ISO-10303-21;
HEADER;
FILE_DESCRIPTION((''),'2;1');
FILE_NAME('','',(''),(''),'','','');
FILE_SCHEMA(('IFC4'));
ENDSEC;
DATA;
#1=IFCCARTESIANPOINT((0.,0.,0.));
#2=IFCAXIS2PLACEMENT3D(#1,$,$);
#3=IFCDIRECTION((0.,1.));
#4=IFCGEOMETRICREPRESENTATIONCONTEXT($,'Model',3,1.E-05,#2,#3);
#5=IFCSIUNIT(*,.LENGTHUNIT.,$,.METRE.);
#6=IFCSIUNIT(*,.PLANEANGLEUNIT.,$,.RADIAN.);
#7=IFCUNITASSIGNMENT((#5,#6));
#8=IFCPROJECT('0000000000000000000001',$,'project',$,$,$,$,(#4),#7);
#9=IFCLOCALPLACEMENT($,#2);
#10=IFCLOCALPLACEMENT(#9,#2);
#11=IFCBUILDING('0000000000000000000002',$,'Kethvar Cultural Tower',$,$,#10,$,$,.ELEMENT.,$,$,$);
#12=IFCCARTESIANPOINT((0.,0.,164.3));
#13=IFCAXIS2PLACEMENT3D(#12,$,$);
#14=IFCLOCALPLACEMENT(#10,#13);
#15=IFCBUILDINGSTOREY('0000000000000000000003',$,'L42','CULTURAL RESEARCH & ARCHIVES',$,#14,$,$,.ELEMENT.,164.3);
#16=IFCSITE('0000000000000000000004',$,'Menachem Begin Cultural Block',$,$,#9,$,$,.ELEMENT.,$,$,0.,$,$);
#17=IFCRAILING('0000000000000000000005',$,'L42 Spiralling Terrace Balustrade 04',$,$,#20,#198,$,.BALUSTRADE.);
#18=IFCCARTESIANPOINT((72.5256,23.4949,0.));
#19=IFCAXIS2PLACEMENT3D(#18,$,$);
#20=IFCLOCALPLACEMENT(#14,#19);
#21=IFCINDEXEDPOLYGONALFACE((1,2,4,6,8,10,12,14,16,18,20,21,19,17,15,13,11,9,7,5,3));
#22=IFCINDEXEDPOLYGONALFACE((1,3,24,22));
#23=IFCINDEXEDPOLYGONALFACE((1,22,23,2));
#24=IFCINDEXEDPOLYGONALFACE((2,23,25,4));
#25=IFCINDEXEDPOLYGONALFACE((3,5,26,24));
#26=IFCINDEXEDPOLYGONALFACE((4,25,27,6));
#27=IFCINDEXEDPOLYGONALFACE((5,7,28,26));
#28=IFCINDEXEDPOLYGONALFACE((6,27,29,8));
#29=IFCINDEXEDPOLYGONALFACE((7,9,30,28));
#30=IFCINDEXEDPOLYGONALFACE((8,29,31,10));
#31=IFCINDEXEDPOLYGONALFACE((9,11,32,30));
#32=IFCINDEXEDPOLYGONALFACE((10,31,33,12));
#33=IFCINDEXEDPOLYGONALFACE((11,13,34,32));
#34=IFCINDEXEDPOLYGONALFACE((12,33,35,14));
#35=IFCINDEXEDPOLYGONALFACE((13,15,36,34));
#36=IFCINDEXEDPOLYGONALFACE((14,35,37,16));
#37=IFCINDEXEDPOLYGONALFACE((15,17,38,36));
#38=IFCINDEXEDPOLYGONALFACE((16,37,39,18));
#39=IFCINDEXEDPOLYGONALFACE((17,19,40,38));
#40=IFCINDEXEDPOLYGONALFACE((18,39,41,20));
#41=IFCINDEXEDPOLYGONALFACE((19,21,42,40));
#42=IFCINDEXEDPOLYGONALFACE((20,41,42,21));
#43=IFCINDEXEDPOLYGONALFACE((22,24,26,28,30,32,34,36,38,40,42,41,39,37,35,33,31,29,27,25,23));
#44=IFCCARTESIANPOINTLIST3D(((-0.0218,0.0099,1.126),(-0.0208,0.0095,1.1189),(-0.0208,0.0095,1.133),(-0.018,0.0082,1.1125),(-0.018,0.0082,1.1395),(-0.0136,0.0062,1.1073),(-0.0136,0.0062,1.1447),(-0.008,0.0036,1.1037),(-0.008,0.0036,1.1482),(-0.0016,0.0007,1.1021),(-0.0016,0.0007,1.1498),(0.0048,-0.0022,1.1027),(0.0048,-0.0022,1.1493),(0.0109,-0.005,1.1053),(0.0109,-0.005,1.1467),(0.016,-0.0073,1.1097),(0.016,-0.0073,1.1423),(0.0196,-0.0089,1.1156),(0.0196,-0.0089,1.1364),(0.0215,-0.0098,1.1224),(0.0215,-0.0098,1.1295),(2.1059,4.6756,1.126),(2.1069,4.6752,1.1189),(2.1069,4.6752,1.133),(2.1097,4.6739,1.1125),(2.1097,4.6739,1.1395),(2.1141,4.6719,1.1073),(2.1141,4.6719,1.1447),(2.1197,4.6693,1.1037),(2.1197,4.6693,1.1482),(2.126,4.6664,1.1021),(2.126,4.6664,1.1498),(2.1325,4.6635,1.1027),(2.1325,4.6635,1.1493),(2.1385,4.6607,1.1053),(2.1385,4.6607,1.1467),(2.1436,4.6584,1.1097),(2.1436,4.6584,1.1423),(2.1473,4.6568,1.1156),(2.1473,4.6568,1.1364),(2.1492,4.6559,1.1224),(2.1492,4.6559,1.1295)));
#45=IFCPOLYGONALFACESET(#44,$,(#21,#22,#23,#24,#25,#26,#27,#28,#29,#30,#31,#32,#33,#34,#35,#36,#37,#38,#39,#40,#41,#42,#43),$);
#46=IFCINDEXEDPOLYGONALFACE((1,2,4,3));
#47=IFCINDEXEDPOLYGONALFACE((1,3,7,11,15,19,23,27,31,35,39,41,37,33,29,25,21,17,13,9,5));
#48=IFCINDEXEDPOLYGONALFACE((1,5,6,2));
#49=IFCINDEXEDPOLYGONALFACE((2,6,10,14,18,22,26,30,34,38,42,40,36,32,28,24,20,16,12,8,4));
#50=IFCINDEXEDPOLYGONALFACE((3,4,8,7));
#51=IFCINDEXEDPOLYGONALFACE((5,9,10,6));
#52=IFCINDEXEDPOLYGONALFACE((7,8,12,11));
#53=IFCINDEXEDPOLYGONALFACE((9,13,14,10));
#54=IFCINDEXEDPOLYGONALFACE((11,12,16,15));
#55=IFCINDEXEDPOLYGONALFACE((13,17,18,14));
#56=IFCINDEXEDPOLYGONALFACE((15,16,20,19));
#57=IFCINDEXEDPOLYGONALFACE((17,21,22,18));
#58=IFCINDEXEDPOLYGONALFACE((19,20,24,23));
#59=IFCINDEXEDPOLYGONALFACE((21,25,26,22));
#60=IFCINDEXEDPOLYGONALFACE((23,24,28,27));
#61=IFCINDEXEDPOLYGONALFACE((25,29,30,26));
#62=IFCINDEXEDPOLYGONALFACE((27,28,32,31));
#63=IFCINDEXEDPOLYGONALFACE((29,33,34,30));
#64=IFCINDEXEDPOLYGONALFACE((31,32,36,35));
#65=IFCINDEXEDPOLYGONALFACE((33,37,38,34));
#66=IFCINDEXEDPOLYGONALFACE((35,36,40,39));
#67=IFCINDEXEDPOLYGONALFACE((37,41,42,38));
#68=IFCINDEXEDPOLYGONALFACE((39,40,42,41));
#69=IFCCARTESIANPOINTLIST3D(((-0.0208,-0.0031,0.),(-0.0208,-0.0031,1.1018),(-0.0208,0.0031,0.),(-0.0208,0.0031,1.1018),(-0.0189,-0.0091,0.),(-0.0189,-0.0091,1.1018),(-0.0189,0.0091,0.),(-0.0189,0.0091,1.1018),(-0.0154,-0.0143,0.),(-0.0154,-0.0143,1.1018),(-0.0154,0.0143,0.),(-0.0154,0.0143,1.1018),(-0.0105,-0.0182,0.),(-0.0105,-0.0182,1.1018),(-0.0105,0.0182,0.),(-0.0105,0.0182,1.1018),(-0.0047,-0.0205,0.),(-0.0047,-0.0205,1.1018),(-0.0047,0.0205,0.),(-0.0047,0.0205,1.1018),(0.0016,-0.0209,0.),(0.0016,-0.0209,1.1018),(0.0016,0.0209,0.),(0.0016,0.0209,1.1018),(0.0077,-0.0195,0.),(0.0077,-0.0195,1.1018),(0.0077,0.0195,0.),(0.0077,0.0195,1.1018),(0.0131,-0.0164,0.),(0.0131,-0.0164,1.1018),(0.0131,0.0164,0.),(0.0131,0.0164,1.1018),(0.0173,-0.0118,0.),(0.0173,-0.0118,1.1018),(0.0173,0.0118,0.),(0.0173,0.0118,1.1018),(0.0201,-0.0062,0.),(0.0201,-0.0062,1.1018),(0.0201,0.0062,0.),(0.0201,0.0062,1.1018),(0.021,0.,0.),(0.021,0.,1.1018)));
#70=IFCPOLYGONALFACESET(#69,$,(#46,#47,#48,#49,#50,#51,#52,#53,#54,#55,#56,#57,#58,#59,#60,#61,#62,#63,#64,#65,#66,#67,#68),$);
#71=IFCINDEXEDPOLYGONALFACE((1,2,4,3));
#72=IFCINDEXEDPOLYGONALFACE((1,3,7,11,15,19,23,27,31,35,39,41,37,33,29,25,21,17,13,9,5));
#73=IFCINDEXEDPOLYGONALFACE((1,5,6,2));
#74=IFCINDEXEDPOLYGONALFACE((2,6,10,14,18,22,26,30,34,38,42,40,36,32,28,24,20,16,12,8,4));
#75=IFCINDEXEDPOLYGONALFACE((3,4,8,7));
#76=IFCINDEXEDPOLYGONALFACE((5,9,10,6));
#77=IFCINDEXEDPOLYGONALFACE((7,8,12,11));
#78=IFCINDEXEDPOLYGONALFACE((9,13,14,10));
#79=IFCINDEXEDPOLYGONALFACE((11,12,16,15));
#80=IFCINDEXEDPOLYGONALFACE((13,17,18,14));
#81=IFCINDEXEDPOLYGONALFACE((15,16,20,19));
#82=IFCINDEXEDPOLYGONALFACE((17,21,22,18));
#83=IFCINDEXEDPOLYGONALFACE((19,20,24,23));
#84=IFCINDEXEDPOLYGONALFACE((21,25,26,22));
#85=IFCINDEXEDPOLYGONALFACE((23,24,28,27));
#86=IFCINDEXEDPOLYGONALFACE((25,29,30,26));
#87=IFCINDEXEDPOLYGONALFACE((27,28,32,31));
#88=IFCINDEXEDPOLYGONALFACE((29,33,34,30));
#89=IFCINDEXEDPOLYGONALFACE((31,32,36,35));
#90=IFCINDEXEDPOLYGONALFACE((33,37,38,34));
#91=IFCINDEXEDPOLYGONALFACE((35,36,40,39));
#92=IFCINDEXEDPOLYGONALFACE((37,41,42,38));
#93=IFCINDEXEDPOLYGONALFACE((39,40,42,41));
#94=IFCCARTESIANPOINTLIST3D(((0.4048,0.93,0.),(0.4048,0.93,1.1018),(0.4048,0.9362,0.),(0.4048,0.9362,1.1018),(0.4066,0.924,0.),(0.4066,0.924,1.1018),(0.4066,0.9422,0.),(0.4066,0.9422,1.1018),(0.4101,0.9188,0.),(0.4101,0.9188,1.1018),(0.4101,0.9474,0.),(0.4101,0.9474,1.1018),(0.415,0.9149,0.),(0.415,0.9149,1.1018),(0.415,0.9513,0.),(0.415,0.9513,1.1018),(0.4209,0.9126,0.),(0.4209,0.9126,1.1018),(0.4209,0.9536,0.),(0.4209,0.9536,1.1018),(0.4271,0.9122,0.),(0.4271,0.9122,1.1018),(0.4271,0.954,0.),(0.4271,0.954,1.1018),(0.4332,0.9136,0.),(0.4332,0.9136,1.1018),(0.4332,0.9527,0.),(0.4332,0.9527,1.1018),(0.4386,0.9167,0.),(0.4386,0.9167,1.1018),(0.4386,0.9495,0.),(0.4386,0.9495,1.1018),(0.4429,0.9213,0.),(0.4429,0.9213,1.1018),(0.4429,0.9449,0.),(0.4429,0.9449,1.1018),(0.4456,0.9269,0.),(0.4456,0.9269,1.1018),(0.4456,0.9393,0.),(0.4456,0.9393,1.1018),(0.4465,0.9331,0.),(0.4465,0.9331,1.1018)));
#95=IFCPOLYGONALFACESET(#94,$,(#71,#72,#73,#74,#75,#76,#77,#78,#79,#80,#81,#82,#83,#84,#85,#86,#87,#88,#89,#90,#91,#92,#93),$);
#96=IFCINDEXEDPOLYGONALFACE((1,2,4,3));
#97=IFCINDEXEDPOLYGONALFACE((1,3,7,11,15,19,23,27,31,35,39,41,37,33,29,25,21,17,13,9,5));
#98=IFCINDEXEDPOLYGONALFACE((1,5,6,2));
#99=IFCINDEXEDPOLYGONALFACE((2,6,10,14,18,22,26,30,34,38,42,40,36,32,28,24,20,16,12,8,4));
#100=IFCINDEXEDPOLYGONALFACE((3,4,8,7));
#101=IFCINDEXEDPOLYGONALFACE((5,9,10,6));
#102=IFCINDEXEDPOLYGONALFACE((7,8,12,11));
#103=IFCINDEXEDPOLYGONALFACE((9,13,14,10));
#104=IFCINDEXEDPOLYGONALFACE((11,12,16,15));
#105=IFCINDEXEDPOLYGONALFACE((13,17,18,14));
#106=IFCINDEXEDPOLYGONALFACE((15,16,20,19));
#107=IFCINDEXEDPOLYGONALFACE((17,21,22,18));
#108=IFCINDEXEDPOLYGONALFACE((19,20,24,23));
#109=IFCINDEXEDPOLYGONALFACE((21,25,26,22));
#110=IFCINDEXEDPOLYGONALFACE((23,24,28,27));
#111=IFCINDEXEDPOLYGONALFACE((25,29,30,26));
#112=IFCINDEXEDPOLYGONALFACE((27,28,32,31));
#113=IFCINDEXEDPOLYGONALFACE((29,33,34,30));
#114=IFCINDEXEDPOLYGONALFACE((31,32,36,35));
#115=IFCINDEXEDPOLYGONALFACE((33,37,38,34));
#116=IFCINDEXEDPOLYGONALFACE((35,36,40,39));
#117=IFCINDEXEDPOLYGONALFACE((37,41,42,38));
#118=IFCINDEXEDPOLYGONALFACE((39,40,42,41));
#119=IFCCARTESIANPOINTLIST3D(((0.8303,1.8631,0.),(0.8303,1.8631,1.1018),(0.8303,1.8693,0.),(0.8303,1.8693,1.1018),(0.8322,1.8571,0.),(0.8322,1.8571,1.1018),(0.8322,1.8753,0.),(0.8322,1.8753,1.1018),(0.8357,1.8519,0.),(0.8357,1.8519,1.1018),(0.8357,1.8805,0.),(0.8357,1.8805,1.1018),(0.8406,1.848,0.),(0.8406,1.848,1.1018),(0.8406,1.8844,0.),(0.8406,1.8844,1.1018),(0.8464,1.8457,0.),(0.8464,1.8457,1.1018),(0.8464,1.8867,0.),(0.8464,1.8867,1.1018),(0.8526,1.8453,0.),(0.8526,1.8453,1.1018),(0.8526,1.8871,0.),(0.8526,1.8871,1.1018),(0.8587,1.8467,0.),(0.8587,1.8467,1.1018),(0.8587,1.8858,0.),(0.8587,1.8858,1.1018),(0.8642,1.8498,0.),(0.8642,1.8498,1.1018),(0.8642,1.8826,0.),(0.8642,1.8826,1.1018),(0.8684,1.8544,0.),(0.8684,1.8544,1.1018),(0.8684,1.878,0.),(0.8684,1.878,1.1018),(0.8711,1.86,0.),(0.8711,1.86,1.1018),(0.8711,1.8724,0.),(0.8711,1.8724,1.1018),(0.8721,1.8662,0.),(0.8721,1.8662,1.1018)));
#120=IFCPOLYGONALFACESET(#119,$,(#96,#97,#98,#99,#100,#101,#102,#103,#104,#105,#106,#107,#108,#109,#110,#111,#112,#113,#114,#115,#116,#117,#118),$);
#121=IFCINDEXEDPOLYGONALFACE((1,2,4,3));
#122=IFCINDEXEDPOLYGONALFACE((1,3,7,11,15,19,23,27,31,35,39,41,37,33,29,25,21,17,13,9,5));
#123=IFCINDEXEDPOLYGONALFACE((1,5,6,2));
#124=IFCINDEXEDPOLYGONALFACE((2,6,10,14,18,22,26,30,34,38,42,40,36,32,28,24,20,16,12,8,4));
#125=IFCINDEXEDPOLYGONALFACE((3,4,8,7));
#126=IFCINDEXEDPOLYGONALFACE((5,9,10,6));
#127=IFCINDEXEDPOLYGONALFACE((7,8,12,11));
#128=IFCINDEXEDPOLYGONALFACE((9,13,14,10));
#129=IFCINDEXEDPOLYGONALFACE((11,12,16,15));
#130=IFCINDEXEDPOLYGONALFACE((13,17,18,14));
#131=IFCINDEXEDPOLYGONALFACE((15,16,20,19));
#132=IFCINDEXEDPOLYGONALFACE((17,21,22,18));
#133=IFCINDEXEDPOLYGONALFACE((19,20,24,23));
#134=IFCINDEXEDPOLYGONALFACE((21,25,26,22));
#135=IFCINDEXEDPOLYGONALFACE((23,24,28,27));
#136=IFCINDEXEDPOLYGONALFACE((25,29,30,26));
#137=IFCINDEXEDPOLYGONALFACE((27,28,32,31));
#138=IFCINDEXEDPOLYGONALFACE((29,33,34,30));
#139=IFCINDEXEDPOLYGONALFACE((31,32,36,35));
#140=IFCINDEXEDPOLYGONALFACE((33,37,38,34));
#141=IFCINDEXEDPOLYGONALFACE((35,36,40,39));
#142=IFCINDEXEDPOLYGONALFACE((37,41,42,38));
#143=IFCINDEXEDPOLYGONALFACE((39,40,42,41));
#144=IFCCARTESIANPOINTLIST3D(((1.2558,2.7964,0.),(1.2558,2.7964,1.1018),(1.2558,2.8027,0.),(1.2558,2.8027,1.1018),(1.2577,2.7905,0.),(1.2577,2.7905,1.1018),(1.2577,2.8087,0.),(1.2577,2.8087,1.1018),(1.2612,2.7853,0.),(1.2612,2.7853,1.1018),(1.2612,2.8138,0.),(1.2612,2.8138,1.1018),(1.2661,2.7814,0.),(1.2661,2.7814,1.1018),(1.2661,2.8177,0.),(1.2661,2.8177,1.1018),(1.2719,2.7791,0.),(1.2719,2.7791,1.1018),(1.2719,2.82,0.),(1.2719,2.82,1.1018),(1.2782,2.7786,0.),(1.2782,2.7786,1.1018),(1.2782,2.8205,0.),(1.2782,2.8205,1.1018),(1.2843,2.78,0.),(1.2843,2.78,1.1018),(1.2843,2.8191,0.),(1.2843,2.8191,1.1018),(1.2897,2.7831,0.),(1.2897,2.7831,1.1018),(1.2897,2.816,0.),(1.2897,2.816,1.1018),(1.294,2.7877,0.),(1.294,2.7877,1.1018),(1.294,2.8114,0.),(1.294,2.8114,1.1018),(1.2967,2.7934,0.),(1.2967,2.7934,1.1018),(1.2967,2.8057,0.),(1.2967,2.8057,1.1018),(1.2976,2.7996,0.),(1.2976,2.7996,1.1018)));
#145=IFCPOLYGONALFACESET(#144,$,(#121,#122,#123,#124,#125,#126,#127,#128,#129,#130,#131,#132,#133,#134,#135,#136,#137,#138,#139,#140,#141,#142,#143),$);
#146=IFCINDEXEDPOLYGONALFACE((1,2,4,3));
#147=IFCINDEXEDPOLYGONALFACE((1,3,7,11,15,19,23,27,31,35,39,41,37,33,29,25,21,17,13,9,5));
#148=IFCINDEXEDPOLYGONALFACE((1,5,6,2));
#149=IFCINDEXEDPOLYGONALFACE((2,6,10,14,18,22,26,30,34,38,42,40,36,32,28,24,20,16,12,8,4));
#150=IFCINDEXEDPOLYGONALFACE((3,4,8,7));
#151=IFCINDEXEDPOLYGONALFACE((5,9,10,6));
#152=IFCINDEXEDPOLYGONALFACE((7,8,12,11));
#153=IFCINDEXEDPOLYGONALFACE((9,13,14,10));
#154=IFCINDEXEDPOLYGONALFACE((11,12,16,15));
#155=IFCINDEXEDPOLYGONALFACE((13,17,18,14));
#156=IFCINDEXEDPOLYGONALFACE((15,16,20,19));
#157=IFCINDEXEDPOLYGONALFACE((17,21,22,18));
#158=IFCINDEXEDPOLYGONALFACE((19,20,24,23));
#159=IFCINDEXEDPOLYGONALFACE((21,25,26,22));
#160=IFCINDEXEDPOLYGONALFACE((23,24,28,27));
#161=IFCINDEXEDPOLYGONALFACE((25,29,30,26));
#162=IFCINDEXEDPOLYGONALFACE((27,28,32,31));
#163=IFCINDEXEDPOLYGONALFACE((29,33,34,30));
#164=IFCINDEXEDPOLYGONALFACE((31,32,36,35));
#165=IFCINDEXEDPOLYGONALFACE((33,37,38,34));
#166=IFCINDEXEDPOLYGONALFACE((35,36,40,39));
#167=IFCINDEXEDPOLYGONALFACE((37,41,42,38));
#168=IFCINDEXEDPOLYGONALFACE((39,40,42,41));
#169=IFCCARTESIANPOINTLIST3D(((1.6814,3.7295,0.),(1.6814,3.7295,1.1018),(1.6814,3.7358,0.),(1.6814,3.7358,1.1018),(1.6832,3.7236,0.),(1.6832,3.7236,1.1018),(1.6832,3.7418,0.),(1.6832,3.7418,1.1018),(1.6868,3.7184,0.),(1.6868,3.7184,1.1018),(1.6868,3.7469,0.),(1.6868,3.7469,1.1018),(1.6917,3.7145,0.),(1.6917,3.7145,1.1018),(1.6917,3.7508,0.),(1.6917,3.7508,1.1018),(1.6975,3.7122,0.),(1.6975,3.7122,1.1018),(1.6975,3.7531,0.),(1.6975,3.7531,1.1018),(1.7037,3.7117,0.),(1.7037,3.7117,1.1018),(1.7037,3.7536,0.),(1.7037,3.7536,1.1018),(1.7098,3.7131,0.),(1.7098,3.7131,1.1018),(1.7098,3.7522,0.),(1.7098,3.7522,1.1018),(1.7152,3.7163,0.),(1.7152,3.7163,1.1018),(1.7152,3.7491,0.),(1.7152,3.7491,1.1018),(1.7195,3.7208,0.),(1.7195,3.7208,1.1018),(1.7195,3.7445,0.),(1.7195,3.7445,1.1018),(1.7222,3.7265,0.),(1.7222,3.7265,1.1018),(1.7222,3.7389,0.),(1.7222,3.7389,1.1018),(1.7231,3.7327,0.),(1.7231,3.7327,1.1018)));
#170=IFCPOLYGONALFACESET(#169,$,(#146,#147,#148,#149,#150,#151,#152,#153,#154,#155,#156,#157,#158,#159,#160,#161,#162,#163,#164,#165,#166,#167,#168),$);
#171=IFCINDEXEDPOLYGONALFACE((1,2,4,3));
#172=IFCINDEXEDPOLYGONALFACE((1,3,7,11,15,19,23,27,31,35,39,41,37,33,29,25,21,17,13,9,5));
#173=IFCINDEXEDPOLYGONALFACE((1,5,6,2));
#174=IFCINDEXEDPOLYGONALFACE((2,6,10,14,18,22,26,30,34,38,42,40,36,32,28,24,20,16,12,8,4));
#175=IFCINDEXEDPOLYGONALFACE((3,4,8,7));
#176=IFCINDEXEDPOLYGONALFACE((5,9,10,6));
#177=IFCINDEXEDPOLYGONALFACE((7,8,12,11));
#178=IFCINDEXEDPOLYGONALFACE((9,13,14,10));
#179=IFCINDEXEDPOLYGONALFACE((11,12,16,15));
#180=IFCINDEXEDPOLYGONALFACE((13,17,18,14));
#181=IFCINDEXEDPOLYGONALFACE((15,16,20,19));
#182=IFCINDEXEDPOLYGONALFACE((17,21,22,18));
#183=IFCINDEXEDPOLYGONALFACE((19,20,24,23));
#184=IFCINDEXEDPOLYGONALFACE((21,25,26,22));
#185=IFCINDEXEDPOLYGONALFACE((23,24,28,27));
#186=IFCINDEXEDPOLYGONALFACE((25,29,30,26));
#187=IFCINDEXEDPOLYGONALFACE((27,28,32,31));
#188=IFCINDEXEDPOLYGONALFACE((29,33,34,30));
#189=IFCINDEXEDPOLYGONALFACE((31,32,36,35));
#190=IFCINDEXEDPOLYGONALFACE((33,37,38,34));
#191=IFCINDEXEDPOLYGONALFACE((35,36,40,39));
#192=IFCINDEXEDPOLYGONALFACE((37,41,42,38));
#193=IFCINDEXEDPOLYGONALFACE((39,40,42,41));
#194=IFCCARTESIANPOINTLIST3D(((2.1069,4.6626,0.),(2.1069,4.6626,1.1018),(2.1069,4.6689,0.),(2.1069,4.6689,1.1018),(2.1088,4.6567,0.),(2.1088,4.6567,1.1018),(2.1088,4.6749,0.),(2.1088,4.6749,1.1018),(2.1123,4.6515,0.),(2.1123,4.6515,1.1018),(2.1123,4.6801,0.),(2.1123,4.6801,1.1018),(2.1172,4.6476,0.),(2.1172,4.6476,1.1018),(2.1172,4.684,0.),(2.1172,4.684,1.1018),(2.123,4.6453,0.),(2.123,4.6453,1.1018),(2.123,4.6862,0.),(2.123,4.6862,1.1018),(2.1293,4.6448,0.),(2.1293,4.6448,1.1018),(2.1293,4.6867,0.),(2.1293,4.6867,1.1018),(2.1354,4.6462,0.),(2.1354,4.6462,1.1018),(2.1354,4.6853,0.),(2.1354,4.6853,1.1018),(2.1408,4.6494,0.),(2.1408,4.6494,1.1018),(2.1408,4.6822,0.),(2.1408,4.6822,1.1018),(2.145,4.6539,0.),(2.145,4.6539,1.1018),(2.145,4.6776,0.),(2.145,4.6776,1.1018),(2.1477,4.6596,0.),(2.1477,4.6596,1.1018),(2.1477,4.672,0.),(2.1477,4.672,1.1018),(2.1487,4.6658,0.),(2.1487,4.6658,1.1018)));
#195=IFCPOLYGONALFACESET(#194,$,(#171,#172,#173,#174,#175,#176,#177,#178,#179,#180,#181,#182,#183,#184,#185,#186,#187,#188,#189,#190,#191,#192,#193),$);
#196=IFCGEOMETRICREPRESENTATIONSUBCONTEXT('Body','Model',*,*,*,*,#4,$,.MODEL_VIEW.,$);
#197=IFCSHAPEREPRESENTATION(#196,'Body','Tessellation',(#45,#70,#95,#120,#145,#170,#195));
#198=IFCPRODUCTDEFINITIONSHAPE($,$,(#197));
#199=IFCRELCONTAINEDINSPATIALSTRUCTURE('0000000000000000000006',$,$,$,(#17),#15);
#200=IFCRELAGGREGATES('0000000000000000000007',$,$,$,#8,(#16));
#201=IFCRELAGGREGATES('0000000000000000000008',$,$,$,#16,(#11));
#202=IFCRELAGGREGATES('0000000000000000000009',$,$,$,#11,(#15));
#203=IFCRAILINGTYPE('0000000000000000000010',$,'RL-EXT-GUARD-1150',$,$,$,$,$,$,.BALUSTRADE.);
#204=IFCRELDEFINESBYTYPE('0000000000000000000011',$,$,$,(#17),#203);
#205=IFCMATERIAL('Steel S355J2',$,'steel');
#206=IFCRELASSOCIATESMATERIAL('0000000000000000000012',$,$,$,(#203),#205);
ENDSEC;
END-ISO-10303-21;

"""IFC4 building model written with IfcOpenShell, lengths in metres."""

from ifc_helpers import new_model, si_unit, direction, frame, origin, origin_2d, place, context, subcontext, project, spatial, circle, extrude, material, type_object, element, save


model = new_model("IFC4")

# Units and contexts
model_context = context("Model", 3, precision=1e-05, world=origin(), true_north=direction((0.0, 1.0)))
body_context = subcontext(model_context, "Body", "Model", "MODEL_VIEW")
ifc_project = project(units=[si_unit("LENGTHUNIT", "METRE"), si_unit("PLANEANGLEUNIT", "RADIAN")], contexts=[model_context])

# Site, building, storey
site_placement = place(None, origin())
site = spatial("IfcSite", under=ifc_project, at=site_placement, Name="Menachem Begin Cultural Block", CompositionType="ELEMENT", RefElevation=0.0)
building_placement = place(site_placement, origin())
building = spatial("IfcBuilding", under=site, at=building_placement, Name="Kethvar Cultural Tower", CompositionType="ELEMENT")
storey_placement = place(building_placement, frame((0.0, 0.0, 164.3)))
storey = spatial("IfcBuildingStorey", under=building, at=storey_placement, Name="L42", Description="CULTURAL RESEARCH & ARCHIVES", CompositionType="ELEMENT", Elevation=164.3)

# Shared definitions
ifc_material_1 = material(Name="Steel S355J2", Category="steel")

# Railing
railing_type = type_object("IfcRailingType", Name="RL-EXT-GUARD-1150", PredefinedType="BALUSTRADE", material=ifc_material_1)
railing_1_placement = place(storey_placement, frame((72.5256, 23.4949, 0.0)))
element("IfcRailing", 1, at=railing_1_placement, inside=storey, type_object=railing_type, Name="L42 Spiralling Terrace Balustrade 04", PredefinedType="BALUSTRADE", context=body_context, shape_type="SweptSolid", body=[
    extrude(circle(Radius=0.0239, at=origin_2d()), frame((0.0, 0.0, 1.126), z_axis=(0.414915, 0.90986, 0.0), x_axis=(-0.90986, 0.414915, 0.0)), (0.0, 0.0, 1.0), 5.1279),
    extrude(circle(Radius=0.021, at=origin_2d()), origin(), (0.0, 0.0, 1.0), 1.1018),
    extrude(circle(Radius=0.021, at=origin_2d()), frame((0.4255, 0.9331, 0.0)), (0.0, 0.0, 1.0), 1.1018),
    extrude(circle(Radius=0.021, at=origin_2d()), frame((0.8511, 1.8662, 0.0)), (0.0, 0.0, 1.0), 1.1018),
    extrude(circle(Radius=0.021, at=origin_2d()), frame((1.2766, 2.7996, 0.0)), (0.0, 0.0, 1.0), 1.1018),
    extrude(circle(Radius=0.021, at=origin_2d()), frame((1.7021, 3.7327, 0.0)), (0.0, 0.0, 1.0), 1.1018),
    extrude(circle(Radius=0.021, at=origin_2d()), frame((2.1277, 4.6658, 0.0)), (0.0, 0.0, 1.0), 1.1018),
])

save(model, "model.ifc")
